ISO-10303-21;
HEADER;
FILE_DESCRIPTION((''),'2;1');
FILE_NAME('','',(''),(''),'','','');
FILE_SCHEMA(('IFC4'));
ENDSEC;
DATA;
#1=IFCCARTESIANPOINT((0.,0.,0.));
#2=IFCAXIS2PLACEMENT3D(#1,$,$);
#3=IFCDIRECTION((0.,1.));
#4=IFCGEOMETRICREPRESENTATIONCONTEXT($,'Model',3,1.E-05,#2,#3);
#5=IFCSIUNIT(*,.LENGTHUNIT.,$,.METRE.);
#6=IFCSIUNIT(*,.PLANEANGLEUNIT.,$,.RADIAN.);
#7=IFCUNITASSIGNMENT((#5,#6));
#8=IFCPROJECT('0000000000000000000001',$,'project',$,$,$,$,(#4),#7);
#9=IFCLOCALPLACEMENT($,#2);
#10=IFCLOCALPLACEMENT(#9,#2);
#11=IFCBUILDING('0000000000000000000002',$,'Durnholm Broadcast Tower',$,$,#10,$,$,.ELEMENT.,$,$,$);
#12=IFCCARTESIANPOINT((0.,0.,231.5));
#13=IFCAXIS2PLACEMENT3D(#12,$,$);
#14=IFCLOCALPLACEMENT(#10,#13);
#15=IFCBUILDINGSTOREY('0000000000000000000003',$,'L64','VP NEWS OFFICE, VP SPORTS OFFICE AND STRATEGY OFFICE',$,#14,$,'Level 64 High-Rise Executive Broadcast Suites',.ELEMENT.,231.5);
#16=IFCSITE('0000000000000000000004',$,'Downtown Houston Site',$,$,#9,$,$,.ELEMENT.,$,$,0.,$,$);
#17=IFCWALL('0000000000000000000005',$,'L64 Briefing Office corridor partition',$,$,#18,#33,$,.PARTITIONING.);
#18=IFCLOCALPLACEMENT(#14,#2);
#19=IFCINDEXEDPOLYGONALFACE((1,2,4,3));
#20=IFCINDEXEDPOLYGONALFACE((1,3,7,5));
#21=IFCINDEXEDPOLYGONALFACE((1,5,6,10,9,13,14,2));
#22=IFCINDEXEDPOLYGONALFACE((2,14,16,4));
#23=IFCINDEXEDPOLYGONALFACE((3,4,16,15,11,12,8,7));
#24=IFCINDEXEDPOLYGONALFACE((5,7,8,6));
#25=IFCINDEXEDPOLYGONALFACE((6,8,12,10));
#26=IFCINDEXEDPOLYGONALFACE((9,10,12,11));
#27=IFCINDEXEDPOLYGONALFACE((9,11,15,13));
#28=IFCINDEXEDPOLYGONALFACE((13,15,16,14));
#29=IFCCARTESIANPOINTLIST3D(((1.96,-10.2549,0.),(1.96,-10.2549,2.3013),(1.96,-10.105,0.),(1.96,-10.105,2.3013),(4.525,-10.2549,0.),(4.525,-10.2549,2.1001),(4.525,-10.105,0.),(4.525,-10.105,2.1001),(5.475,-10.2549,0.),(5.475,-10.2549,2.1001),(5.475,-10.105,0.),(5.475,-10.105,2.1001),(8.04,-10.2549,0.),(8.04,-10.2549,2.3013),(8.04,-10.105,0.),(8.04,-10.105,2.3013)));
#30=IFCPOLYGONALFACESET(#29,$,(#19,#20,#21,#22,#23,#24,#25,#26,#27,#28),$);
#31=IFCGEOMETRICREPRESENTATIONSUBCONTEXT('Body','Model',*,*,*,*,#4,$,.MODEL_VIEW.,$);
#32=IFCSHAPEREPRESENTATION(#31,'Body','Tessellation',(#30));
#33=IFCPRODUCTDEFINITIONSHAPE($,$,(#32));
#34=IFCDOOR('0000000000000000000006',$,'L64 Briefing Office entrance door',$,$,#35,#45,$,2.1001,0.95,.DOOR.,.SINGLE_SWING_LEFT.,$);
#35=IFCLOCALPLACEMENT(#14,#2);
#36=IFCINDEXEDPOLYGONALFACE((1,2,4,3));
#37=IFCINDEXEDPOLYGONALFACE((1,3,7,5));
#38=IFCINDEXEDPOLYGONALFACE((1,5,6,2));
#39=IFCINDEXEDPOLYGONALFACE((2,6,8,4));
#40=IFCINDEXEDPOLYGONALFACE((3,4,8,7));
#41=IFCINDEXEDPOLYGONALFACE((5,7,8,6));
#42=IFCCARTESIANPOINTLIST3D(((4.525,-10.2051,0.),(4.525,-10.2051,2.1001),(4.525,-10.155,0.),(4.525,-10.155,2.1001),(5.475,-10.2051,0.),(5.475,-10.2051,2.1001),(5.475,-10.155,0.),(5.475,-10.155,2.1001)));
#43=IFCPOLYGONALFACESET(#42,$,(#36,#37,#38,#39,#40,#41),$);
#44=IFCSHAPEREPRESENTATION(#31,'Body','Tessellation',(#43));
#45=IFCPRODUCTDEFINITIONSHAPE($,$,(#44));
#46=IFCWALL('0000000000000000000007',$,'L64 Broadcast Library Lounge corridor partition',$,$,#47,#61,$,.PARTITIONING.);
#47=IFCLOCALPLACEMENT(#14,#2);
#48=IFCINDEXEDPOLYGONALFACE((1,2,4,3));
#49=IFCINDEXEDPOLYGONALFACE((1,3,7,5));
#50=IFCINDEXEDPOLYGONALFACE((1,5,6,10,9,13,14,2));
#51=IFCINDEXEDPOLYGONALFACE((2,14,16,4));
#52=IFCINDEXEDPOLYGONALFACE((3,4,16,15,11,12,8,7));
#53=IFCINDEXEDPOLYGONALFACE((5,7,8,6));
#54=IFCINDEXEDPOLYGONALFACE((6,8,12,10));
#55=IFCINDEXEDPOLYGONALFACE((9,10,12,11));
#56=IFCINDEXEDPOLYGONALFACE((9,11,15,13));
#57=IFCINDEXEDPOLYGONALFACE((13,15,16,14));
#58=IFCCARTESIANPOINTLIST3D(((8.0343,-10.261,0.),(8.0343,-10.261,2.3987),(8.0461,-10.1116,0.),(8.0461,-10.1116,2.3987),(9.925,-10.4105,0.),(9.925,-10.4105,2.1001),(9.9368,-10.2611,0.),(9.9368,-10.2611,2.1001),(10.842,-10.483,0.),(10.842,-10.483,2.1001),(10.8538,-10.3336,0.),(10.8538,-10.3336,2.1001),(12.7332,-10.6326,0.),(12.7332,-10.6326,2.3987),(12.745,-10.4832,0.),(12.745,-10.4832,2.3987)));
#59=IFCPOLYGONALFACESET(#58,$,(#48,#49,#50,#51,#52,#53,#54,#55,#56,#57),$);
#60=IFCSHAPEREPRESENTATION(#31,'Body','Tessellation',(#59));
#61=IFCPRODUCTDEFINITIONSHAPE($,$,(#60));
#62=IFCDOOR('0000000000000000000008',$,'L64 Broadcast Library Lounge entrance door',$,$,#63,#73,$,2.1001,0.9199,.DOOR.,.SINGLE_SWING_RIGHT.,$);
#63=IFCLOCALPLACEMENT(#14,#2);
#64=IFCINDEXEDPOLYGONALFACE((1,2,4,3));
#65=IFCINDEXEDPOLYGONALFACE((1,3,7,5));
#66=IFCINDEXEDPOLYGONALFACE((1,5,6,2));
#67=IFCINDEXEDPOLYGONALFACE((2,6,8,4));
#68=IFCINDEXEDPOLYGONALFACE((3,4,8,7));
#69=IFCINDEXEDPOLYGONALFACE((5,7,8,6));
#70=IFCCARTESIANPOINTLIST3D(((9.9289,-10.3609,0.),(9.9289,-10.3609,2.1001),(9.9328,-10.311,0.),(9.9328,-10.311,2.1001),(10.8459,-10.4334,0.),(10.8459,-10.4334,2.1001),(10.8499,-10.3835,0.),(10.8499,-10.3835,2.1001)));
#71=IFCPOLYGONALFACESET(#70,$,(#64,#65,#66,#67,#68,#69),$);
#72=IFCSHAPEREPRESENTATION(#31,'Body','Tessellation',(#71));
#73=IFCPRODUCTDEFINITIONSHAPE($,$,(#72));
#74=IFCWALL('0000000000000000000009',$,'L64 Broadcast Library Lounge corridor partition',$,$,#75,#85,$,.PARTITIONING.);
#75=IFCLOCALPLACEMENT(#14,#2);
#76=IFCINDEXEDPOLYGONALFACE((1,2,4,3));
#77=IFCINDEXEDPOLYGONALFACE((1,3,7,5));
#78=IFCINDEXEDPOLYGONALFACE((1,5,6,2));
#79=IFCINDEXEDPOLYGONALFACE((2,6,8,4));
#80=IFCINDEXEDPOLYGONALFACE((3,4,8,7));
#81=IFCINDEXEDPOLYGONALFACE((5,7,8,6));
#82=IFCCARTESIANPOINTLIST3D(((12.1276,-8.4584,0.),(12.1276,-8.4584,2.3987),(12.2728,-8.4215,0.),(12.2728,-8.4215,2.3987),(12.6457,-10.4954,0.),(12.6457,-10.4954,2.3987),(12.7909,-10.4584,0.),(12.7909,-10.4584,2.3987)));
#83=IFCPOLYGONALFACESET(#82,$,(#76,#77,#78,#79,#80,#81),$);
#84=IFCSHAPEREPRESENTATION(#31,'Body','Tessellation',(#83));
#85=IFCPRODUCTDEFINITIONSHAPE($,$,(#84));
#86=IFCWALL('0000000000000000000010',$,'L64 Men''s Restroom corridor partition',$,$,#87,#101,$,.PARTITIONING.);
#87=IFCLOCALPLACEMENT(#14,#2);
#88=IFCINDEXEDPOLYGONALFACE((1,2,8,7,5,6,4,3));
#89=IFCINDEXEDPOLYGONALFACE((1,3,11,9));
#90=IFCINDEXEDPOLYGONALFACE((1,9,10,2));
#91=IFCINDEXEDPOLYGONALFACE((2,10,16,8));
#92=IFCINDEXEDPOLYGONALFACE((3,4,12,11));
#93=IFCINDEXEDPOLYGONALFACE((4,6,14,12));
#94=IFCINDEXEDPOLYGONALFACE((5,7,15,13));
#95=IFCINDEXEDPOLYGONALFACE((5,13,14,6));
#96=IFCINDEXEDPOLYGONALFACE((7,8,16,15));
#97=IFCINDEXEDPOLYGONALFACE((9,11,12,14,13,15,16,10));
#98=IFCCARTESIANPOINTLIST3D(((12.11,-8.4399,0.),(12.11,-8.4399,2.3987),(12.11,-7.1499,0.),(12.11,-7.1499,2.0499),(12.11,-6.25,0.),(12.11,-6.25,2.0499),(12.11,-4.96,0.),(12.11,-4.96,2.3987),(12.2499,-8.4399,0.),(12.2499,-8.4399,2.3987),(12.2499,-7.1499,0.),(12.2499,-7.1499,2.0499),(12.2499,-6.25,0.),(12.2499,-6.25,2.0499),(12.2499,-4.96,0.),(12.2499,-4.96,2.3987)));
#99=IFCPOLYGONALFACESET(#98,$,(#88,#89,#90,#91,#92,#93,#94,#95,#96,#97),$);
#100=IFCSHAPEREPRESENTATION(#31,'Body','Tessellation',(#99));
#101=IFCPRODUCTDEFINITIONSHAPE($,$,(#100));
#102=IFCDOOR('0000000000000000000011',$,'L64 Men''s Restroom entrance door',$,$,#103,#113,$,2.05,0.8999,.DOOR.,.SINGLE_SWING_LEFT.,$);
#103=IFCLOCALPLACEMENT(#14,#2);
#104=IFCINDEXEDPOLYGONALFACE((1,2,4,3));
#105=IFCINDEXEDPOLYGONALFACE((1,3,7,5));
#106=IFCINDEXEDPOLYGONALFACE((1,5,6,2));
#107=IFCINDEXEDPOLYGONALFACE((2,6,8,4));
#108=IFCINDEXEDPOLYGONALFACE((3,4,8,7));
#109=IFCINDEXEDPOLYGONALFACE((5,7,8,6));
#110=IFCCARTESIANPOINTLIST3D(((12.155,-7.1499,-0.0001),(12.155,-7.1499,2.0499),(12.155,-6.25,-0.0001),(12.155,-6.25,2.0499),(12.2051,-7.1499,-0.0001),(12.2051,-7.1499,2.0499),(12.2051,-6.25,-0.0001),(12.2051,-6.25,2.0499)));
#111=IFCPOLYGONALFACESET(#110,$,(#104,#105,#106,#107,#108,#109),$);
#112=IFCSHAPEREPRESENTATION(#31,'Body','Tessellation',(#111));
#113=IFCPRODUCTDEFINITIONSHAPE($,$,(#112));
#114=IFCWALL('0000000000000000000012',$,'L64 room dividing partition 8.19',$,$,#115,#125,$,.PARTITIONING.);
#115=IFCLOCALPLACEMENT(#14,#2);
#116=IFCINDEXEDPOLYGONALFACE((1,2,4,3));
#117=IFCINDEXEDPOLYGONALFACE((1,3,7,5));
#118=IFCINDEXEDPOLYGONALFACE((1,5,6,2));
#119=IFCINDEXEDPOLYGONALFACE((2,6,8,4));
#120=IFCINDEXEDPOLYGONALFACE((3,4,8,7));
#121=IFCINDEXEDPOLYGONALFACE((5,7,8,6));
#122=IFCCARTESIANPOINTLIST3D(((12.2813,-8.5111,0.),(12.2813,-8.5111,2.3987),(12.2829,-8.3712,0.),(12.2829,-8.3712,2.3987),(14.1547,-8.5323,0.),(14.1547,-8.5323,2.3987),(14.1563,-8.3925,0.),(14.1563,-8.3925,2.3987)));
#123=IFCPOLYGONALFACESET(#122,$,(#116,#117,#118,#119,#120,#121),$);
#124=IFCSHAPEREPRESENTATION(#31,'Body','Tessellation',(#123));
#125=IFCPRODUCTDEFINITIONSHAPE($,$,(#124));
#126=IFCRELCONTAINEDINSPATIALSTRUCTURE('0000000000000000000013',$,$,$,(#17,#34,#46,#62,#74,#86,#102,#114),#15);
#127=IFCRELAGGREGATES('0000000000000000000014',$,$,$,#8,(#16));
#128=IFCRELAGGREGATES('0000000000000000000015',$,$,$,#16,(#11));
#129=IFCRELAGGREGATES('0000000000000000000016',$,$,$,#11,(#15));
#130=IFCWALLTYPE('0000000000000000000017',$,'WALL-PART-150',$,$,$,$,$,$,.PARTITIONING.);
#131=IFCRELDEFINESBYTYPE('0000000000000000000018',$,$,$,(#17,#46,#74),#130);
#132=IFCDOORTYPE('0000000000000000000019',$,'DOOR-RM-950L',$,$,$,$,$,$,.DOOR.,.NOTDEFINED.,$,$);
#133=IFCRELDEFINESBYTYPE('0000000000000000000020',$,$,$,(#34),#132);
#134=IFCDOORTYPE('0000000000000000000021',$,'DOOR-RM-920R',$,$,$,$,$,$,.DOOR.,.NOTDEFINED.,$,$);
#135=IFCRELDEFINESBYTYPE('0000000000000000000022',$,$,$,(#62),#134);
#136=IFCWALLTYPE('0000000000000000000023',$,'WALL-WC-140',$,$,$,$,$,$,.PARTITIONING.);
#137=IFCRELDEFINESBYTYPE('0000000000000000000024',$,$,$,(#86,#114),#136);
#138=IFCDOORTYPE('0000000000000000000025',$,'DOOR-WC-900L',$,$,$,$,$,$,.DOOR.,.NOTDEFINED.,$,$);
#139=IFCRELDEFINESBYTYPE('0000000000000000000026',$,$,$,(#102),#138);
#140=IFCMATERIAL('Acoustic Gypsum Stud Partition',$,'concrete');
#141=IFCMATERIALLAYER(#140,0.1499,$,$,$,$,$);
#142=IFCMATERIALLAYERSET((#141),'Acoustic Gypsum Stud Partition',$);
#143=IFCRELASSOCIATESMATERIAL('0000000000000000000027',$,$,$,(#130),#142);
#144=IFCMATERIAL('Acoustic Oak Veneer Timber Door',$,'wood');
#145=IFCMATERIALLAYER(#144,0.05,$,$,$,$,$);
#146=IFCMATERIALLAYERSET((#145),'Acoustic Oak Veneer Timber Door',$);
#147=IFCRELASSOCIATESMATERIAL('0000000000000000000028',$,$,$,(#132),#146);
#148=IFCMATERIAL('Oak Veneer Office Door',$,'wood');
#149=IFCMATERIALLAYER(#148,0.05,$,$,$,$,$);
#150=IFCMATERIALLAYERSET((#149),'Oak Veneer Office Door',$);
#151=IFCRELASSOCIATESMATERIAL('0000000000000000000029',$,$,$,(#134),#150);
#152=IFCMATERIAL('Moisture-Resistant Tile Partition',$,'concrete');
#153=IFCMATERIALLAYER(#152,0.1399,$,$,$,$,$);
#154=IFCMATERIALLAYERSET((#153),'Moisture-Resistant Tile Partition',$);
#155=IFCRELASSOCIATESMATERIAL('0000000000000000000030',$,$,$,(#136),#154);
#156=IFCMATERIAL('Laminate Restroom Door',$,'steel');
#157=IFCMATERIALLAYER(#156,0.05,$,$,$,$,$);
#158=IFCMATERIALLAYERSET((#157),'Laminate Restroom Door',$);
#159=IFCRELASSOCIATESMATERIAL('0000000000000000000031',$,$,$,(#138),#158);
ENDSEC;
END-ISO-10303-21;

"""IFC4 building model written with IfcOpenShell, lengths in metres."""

from ifc_helpers import new_model, si_unit, direction, frame, frame_2d, origin, place, context, subcontext, project, spatial, rectangle, extrude, source, transform, mapped, material, layer, layer_set, type_object, type_shapes, element, fill, save


model = new_model("IFC4")

# Units and contexts
model_context = context("Model", 3, precision=1e-05, world=origin(), true_north=direction((0.0, 1.0)))
body_context = subcontext(model_context, "Body", "Model", "MODEL_VIEW")
ifc_project = project(units=[si_unit("LENGTHUNIT", "METRE"), si_unit("PLANEANGLEUNIT", "RADIAN")], contexts=[model_context])

# Site, building, storey
site_placement = place(None, origin())
site = spatial("IfcSite", under=ifc_project, at=site_placement, Name="Downtown Houston Site", CompositionType="ELEMENT", RefElevation=0.0)
building_placement = place(site_placement, origin())
building = spatial("IfcBuilding", under=site, at=building_placement, Name="Durnholm Broadcast Tower", CompositionType="ELEMENT")
storey_placement = place(building_placement, frame((0.0, 0.0, 231.5)))
storey = spatial("IfcBuildingStorey", under=building, at=storey_placement, Name="L64", Description="VP NEWS OFFICE, VP SPORTS OFFICE AND STRATEGY OFFICE", LongName="Level 64 High-Rise Executive Broadcast Suites", CompositionType="ELEMENT", Elevation=231.5)

# Walls, openings, doors
ifc_material_1 = material(Name="Acoustic Gypsum Stud Partition", Category="concrete")
ifc_layer_1 = layer(ifc_material_1, 0.1499)
ifc_layer_set_1 = layer_set([ifc_layer_1], Name="Acoustic Gypsum Stud Partition")
wall_type_1 = type_object("IfcWallType", Name="WALL-PART-150", PredefinedType="PARTITIONING", material=ifc_layer_set_1)
wall_1_placement = place(storey_placement, frame((1.96, -10.1799, 0.0), z_axis=(0.0, 0.0, 1.0), x_axis=(1.0, 0.0, 0.0)))
wall_1 = element("IfcWall", 1, at=wall_1_placement, inside=storey, type_object=wall_type_1, Name="L64 Briefing Office corridor partition", PredefinedType="PARTITIONING", context=body_context, shape_type="SweptSolid", body=[
    extrude(rectangle(XDim=6.0801, YDim=0.1499, at=frame_2d((3.04, 0.0))), origin(), (0.0, 0.0, 1.0), 2.3013),
])
opening_1_placement = place(wall_1_placement, frame((2.5649, 0.0, 0.0)))
opening_1 = element("IfcOpeningElement", 2, at=opening_1_placement, cuts=wall_1, PredefinedType="OPENING", context=body_context, shape_type="SweptSolid", body=[
    extrude(rectangle(XDim=0.95, YDim=2.1001, at=frame_2d((0.4751, 1.05))), frame((0.0, 0.085, 0.0), z_axis=(0.0, -1.0, 0.0), x_axis=(1.0, 0.0, 0.0)), (0.0, 0.0, 1.0), 0.1699),
])
ifc_material_2 = material(Name="Acoustic Oak Veneer Timber Door", Category="wood")
ifc_layer_2 = layer(ifc_material_2, 0.05)
ifc_layer_set_2 = layer_set([ifc_layer_2], Name="Acoustic Oak Veneer Timber Door")
door_type_1 = type_object("IfcDoorType", Name="DOOR-RM-950L", OperationType="NOTDEFINED", PredefinedType="DOOR", material=ifc_layer_set_2)
shared_shape_1 = source(origin(), body_context, "Body", "SweptSolid", [
    extrude(rectangle(XDim=0.95, YDim=2.1001, at=frame_2d((0.4751, 1.05))), frame((0.0, 0.0249, 0.0), z_axis=(0.0, -1.0, 0.0), x_axis=(1.0, 0.0, 0.0)), (0.0, 0.0, 1.0), 0.05),
])
type_shapes(door_type_1, [shared_shape_1])
door_1_placement = place(opening_1_placement, origin())
door_1 = element("IfcDoor", 3, at=door_1_placement, inside=storey, type_object=door_type_1, Name="L64 Briefing Office entrance door", OperationType="SINGLE_SWING_LEFT", OverallHeight=2.1001, OverallWidth=0.95, PredefinedType="DOOR", context=body_context, shape_type="MappedRepresentation", body=[
    mapped(shared_shape_1, transform((0.0, 0.0, 0.0), x_axis=(1.0, 0.0, 0.0), y_axis=(0.0, 1.0, 0.0), z_axis=(0.0, 0.0, 1.0), scale=1.0)),
])
fill(opening_1, door_1)
wall_2_placement = place(storey_placement, frame((8.04, -10.1863, 0.0), z_axis=(0.0, 0.0, 1.0), x_axis=(0.996888, -0.078831, 0.0)))
wall_2 = element("IfcWall", 4, at=wall_2_placement, inside=storey, type_object=wall_type_1, Name="L64 Broadcast Library Lounge corridor partition", PredefinedType="PARTITIONING", context=body_context, shape_type="SweptSolid", body=[
    extrude(rectangle(XDim=4.7136, YDim=0.1499, at=frame_2d((2.3569, 0.0))), origin(), (0.0, 0.0, 1.0), 2.3987),
])
opening_2_placement = place(wall_2_placement, frame((1.8967, 0.0, 0.0)))
opening_2 = element("IfcOpeningElement", 5, at=opening_2_placement, cuts=wall_2, PredefinedType="OPENING", context=body_context, shape_type="SweptSolid", body=[
    extrude(rectangle(XDim=0.9199, YDim=2.1001, at=frame_2d((0.46, 1.05))), frame((0.0, 0.085, 0.0), z_axis=(0.0, -1.0, 0.0), x_axis=(1.0, 0.0, 0.0)), (0.0, 0.0, 1.0), 0.1699),
])
ifc_material_3 = material(Name="Oak Veneer Office Door", Category="wood")
ifc_layer_3 = layer(ifc_material_3, 0.05)
ifc_layer_set_3 = layer_set([ifc_layer_3], Name="Oak Veneer Office Door")
door_type_2 = type_object("IfcDoorType", Name="DOOR-RM-920R", OperationType="NOTDEFINED", PredefinedType="DOOR", material=ifc_layer_set_3)
shared_shape_2 = source(origin(), body_context, "Body", "SweptSolid", [
    extrude(rectangle(XDim=0.9199, YDim=2.1001, at=frame_2d((0.46, 1.05))), frame((0.0, 0.0249, 0.0), z_axis=(0.0, -1.0, 0.0), x_axis=(1.0, 0.0, 0.0)), (0.0, 0.0, 1.0), 0.05),
])
type_shapes(door_type_2, [shared_shape_2])
door_2_placement = place(opening_2_placement, origin())
door_2 = element("IfcDoor", 6, at=door_2_placement, inside=storey, type_object=door_type_2, Name="L64 Broadcast Library Lounge entrance door", OperationType="SINGLE_SWING_RIGHT", OverallHeight=2.1001, OverallWidth=0.9199, PredefinedType="DOOR", context=body_context, shape_type="MappedRepresentation", body=[
    mapped(shared_shape_2, transform((0.0, 0.0, 0.0), x_axis=(1.0, 0.0, 0.0), y_axis=(0.0, 1.0, 0.0), z_axis=(0.0, 0.0, 1.0), scale=1.0)),
])
fill(opening_2, door_2)

# Wall
wall_3_placement = place(storey_placement, frame((12.7183, -10.4768, 0.0), z_axis=(0.0, 0.0, 1.0), x_axis=(-0.246497, 0.969144, 0.0)))
element("IfcWall", 7, at=wall_3_placement, inside=storey, type_object=wall_type_1, Name="L64 Broadcast Library Lounge corridor partition", PredefinedType="PARTITIONING", context=body_context, shape_type="SweptSolid", body=[
    extrude(rectangle(XDim=2.1018, YDim=0.1499, at=frame_2d((1.0508, 0.0))), origin(), (0.0, 0.0, 1.0), 2.3987),
])

# Wall, opening, door
ifc_material_4 = material(Name="Moisture-Resistant Tile Partition", Category="concrete")
ifc_layer_4 = layer(ifc_material_4, 0.1399)
ifc_layer_set_4 = layer_set([ifc_layer_4], Name="Moisture-Resistant Tile Partition")
wall_type_2 = type_object("IfcWallType", Name="WALL-WC-140", PredefinedType="PARTITIONING", material=ifc_layer_set_4)
wall_4_placement = place(storey_placement, frame((12.1799, -8.4399, 0.0), z_axis=(0.0, 0.0, 1.0), x_axis=(0.0, 1.0, 0.0)))
wall_4 = element("IfcWall", 8, at=wall_4_placement, inside=storey, type_object=wall_type_2, Name="L64 Men's Restroom corridor partition", PredefinedType="PARTITIONING", context=body_context, shape_type="SweptSolid", body=[
    extrude(rectangle(XDim=3.48, YDim=0.1399, at=frame_2d((1.74, 0.0))), origin(), (0.0, 0.0, 1.0), 2.3987),
])
opening_3_placement = place(wall_4_placement, frame((1.29, 0.0, 0.0)))
opening_3 = element("IfcOpeningElement", 9, at=opening_3_placement, cuts=wall_4, PredefinedType="OPENING", context=body_context, shape_type="SweptSolid", body=[
    extrude(rectangle(XDim=0.8999, YDim=2.05, at=frame_2d((0.45, 1.0249))), frame((0.0, 0.0801, 0.0), z_axis=(0.0, -1.0, 0.0), x_axis=(1.0, 0.0, 0.0)), (0.0, 0.0, 1.0), 0.1599),
])
ifc_material_5 = material(Name="Laminate Restroom Door", Category="steel")
ifc_layer_5 = layer(ifc_material_5, 0.05)
ifc_layer_set_5 = layer_set([ifc_layer_5], Name="Laminate Restroom Door")
door_type_3 = type_object("IfcDoorType", Name="DOOR-WC-900L", OperationType="NOTDEFINED", PredefinedType="DOOR", material=ifc_layer_set_5)
shared_shape_3 = source(origin(), body_context, "Body", "SweptSolid", [
    extrude(rectangle(XDim=0.8999, YDim=2.05, at=frame_2d((0.45, 1.0249))), frame((0.0, 0.0249, 0.0), z_axis=(0.0, -1.0, 0.0), x_axis=(1.0, 0.0, 0.0)), (0.0, 0.0, 1.0), 0.05),
])
type_shapes(door_type_3, [shared_shape_3])
door_3_placement = place(opening_3_placement, origin())
door_3 = element("IfcDoor", 10, at=door_3_placement, inside=storey, type_object=door_type_3, Name="L64 Men's Restroom entrance door", OperationType="SINGLE_SWING_LEFT", OverallHeight=2.05, OverallWidth=0.8999, PredefinedType="DOOR", context=body_context, shape_type="MappedRepresentation", body=[
    mapped(shared_shape_3, transform((0.0, 0.0, 0.0), x_axis=(1.0, 0.0, 0.0), y_axis=(0.0, 1.0, 0.0), z_axis=(0.0, 0.0, 1.0), scale=1.0)),
])
fill(opening_3, door_3)

# Wall
wall_5_placement = place(storey_placement, frame((14.1555, -8.4624, 0.0), z_axis=(0.0, 0.0, 1.0), x_axis=(-0.999936, 0.011336, 0.0)))
element("IfcWall", 11, at=wall_5_placement, inside=storey, type_object=wall_type_2, Name="L64 room dividing partition 8.19", PredefinedType="PARTITIONING", context=body_context, shape_type="SweptSolid", body=[
    extrude(rectangle(XDim=1.8735, YDim=0.1399, at=frame_2d((0.9368, 0.0))), origin(), (0.0, 0.0, 1.0), 2.3987),
])

save(model, "model.ifc")
